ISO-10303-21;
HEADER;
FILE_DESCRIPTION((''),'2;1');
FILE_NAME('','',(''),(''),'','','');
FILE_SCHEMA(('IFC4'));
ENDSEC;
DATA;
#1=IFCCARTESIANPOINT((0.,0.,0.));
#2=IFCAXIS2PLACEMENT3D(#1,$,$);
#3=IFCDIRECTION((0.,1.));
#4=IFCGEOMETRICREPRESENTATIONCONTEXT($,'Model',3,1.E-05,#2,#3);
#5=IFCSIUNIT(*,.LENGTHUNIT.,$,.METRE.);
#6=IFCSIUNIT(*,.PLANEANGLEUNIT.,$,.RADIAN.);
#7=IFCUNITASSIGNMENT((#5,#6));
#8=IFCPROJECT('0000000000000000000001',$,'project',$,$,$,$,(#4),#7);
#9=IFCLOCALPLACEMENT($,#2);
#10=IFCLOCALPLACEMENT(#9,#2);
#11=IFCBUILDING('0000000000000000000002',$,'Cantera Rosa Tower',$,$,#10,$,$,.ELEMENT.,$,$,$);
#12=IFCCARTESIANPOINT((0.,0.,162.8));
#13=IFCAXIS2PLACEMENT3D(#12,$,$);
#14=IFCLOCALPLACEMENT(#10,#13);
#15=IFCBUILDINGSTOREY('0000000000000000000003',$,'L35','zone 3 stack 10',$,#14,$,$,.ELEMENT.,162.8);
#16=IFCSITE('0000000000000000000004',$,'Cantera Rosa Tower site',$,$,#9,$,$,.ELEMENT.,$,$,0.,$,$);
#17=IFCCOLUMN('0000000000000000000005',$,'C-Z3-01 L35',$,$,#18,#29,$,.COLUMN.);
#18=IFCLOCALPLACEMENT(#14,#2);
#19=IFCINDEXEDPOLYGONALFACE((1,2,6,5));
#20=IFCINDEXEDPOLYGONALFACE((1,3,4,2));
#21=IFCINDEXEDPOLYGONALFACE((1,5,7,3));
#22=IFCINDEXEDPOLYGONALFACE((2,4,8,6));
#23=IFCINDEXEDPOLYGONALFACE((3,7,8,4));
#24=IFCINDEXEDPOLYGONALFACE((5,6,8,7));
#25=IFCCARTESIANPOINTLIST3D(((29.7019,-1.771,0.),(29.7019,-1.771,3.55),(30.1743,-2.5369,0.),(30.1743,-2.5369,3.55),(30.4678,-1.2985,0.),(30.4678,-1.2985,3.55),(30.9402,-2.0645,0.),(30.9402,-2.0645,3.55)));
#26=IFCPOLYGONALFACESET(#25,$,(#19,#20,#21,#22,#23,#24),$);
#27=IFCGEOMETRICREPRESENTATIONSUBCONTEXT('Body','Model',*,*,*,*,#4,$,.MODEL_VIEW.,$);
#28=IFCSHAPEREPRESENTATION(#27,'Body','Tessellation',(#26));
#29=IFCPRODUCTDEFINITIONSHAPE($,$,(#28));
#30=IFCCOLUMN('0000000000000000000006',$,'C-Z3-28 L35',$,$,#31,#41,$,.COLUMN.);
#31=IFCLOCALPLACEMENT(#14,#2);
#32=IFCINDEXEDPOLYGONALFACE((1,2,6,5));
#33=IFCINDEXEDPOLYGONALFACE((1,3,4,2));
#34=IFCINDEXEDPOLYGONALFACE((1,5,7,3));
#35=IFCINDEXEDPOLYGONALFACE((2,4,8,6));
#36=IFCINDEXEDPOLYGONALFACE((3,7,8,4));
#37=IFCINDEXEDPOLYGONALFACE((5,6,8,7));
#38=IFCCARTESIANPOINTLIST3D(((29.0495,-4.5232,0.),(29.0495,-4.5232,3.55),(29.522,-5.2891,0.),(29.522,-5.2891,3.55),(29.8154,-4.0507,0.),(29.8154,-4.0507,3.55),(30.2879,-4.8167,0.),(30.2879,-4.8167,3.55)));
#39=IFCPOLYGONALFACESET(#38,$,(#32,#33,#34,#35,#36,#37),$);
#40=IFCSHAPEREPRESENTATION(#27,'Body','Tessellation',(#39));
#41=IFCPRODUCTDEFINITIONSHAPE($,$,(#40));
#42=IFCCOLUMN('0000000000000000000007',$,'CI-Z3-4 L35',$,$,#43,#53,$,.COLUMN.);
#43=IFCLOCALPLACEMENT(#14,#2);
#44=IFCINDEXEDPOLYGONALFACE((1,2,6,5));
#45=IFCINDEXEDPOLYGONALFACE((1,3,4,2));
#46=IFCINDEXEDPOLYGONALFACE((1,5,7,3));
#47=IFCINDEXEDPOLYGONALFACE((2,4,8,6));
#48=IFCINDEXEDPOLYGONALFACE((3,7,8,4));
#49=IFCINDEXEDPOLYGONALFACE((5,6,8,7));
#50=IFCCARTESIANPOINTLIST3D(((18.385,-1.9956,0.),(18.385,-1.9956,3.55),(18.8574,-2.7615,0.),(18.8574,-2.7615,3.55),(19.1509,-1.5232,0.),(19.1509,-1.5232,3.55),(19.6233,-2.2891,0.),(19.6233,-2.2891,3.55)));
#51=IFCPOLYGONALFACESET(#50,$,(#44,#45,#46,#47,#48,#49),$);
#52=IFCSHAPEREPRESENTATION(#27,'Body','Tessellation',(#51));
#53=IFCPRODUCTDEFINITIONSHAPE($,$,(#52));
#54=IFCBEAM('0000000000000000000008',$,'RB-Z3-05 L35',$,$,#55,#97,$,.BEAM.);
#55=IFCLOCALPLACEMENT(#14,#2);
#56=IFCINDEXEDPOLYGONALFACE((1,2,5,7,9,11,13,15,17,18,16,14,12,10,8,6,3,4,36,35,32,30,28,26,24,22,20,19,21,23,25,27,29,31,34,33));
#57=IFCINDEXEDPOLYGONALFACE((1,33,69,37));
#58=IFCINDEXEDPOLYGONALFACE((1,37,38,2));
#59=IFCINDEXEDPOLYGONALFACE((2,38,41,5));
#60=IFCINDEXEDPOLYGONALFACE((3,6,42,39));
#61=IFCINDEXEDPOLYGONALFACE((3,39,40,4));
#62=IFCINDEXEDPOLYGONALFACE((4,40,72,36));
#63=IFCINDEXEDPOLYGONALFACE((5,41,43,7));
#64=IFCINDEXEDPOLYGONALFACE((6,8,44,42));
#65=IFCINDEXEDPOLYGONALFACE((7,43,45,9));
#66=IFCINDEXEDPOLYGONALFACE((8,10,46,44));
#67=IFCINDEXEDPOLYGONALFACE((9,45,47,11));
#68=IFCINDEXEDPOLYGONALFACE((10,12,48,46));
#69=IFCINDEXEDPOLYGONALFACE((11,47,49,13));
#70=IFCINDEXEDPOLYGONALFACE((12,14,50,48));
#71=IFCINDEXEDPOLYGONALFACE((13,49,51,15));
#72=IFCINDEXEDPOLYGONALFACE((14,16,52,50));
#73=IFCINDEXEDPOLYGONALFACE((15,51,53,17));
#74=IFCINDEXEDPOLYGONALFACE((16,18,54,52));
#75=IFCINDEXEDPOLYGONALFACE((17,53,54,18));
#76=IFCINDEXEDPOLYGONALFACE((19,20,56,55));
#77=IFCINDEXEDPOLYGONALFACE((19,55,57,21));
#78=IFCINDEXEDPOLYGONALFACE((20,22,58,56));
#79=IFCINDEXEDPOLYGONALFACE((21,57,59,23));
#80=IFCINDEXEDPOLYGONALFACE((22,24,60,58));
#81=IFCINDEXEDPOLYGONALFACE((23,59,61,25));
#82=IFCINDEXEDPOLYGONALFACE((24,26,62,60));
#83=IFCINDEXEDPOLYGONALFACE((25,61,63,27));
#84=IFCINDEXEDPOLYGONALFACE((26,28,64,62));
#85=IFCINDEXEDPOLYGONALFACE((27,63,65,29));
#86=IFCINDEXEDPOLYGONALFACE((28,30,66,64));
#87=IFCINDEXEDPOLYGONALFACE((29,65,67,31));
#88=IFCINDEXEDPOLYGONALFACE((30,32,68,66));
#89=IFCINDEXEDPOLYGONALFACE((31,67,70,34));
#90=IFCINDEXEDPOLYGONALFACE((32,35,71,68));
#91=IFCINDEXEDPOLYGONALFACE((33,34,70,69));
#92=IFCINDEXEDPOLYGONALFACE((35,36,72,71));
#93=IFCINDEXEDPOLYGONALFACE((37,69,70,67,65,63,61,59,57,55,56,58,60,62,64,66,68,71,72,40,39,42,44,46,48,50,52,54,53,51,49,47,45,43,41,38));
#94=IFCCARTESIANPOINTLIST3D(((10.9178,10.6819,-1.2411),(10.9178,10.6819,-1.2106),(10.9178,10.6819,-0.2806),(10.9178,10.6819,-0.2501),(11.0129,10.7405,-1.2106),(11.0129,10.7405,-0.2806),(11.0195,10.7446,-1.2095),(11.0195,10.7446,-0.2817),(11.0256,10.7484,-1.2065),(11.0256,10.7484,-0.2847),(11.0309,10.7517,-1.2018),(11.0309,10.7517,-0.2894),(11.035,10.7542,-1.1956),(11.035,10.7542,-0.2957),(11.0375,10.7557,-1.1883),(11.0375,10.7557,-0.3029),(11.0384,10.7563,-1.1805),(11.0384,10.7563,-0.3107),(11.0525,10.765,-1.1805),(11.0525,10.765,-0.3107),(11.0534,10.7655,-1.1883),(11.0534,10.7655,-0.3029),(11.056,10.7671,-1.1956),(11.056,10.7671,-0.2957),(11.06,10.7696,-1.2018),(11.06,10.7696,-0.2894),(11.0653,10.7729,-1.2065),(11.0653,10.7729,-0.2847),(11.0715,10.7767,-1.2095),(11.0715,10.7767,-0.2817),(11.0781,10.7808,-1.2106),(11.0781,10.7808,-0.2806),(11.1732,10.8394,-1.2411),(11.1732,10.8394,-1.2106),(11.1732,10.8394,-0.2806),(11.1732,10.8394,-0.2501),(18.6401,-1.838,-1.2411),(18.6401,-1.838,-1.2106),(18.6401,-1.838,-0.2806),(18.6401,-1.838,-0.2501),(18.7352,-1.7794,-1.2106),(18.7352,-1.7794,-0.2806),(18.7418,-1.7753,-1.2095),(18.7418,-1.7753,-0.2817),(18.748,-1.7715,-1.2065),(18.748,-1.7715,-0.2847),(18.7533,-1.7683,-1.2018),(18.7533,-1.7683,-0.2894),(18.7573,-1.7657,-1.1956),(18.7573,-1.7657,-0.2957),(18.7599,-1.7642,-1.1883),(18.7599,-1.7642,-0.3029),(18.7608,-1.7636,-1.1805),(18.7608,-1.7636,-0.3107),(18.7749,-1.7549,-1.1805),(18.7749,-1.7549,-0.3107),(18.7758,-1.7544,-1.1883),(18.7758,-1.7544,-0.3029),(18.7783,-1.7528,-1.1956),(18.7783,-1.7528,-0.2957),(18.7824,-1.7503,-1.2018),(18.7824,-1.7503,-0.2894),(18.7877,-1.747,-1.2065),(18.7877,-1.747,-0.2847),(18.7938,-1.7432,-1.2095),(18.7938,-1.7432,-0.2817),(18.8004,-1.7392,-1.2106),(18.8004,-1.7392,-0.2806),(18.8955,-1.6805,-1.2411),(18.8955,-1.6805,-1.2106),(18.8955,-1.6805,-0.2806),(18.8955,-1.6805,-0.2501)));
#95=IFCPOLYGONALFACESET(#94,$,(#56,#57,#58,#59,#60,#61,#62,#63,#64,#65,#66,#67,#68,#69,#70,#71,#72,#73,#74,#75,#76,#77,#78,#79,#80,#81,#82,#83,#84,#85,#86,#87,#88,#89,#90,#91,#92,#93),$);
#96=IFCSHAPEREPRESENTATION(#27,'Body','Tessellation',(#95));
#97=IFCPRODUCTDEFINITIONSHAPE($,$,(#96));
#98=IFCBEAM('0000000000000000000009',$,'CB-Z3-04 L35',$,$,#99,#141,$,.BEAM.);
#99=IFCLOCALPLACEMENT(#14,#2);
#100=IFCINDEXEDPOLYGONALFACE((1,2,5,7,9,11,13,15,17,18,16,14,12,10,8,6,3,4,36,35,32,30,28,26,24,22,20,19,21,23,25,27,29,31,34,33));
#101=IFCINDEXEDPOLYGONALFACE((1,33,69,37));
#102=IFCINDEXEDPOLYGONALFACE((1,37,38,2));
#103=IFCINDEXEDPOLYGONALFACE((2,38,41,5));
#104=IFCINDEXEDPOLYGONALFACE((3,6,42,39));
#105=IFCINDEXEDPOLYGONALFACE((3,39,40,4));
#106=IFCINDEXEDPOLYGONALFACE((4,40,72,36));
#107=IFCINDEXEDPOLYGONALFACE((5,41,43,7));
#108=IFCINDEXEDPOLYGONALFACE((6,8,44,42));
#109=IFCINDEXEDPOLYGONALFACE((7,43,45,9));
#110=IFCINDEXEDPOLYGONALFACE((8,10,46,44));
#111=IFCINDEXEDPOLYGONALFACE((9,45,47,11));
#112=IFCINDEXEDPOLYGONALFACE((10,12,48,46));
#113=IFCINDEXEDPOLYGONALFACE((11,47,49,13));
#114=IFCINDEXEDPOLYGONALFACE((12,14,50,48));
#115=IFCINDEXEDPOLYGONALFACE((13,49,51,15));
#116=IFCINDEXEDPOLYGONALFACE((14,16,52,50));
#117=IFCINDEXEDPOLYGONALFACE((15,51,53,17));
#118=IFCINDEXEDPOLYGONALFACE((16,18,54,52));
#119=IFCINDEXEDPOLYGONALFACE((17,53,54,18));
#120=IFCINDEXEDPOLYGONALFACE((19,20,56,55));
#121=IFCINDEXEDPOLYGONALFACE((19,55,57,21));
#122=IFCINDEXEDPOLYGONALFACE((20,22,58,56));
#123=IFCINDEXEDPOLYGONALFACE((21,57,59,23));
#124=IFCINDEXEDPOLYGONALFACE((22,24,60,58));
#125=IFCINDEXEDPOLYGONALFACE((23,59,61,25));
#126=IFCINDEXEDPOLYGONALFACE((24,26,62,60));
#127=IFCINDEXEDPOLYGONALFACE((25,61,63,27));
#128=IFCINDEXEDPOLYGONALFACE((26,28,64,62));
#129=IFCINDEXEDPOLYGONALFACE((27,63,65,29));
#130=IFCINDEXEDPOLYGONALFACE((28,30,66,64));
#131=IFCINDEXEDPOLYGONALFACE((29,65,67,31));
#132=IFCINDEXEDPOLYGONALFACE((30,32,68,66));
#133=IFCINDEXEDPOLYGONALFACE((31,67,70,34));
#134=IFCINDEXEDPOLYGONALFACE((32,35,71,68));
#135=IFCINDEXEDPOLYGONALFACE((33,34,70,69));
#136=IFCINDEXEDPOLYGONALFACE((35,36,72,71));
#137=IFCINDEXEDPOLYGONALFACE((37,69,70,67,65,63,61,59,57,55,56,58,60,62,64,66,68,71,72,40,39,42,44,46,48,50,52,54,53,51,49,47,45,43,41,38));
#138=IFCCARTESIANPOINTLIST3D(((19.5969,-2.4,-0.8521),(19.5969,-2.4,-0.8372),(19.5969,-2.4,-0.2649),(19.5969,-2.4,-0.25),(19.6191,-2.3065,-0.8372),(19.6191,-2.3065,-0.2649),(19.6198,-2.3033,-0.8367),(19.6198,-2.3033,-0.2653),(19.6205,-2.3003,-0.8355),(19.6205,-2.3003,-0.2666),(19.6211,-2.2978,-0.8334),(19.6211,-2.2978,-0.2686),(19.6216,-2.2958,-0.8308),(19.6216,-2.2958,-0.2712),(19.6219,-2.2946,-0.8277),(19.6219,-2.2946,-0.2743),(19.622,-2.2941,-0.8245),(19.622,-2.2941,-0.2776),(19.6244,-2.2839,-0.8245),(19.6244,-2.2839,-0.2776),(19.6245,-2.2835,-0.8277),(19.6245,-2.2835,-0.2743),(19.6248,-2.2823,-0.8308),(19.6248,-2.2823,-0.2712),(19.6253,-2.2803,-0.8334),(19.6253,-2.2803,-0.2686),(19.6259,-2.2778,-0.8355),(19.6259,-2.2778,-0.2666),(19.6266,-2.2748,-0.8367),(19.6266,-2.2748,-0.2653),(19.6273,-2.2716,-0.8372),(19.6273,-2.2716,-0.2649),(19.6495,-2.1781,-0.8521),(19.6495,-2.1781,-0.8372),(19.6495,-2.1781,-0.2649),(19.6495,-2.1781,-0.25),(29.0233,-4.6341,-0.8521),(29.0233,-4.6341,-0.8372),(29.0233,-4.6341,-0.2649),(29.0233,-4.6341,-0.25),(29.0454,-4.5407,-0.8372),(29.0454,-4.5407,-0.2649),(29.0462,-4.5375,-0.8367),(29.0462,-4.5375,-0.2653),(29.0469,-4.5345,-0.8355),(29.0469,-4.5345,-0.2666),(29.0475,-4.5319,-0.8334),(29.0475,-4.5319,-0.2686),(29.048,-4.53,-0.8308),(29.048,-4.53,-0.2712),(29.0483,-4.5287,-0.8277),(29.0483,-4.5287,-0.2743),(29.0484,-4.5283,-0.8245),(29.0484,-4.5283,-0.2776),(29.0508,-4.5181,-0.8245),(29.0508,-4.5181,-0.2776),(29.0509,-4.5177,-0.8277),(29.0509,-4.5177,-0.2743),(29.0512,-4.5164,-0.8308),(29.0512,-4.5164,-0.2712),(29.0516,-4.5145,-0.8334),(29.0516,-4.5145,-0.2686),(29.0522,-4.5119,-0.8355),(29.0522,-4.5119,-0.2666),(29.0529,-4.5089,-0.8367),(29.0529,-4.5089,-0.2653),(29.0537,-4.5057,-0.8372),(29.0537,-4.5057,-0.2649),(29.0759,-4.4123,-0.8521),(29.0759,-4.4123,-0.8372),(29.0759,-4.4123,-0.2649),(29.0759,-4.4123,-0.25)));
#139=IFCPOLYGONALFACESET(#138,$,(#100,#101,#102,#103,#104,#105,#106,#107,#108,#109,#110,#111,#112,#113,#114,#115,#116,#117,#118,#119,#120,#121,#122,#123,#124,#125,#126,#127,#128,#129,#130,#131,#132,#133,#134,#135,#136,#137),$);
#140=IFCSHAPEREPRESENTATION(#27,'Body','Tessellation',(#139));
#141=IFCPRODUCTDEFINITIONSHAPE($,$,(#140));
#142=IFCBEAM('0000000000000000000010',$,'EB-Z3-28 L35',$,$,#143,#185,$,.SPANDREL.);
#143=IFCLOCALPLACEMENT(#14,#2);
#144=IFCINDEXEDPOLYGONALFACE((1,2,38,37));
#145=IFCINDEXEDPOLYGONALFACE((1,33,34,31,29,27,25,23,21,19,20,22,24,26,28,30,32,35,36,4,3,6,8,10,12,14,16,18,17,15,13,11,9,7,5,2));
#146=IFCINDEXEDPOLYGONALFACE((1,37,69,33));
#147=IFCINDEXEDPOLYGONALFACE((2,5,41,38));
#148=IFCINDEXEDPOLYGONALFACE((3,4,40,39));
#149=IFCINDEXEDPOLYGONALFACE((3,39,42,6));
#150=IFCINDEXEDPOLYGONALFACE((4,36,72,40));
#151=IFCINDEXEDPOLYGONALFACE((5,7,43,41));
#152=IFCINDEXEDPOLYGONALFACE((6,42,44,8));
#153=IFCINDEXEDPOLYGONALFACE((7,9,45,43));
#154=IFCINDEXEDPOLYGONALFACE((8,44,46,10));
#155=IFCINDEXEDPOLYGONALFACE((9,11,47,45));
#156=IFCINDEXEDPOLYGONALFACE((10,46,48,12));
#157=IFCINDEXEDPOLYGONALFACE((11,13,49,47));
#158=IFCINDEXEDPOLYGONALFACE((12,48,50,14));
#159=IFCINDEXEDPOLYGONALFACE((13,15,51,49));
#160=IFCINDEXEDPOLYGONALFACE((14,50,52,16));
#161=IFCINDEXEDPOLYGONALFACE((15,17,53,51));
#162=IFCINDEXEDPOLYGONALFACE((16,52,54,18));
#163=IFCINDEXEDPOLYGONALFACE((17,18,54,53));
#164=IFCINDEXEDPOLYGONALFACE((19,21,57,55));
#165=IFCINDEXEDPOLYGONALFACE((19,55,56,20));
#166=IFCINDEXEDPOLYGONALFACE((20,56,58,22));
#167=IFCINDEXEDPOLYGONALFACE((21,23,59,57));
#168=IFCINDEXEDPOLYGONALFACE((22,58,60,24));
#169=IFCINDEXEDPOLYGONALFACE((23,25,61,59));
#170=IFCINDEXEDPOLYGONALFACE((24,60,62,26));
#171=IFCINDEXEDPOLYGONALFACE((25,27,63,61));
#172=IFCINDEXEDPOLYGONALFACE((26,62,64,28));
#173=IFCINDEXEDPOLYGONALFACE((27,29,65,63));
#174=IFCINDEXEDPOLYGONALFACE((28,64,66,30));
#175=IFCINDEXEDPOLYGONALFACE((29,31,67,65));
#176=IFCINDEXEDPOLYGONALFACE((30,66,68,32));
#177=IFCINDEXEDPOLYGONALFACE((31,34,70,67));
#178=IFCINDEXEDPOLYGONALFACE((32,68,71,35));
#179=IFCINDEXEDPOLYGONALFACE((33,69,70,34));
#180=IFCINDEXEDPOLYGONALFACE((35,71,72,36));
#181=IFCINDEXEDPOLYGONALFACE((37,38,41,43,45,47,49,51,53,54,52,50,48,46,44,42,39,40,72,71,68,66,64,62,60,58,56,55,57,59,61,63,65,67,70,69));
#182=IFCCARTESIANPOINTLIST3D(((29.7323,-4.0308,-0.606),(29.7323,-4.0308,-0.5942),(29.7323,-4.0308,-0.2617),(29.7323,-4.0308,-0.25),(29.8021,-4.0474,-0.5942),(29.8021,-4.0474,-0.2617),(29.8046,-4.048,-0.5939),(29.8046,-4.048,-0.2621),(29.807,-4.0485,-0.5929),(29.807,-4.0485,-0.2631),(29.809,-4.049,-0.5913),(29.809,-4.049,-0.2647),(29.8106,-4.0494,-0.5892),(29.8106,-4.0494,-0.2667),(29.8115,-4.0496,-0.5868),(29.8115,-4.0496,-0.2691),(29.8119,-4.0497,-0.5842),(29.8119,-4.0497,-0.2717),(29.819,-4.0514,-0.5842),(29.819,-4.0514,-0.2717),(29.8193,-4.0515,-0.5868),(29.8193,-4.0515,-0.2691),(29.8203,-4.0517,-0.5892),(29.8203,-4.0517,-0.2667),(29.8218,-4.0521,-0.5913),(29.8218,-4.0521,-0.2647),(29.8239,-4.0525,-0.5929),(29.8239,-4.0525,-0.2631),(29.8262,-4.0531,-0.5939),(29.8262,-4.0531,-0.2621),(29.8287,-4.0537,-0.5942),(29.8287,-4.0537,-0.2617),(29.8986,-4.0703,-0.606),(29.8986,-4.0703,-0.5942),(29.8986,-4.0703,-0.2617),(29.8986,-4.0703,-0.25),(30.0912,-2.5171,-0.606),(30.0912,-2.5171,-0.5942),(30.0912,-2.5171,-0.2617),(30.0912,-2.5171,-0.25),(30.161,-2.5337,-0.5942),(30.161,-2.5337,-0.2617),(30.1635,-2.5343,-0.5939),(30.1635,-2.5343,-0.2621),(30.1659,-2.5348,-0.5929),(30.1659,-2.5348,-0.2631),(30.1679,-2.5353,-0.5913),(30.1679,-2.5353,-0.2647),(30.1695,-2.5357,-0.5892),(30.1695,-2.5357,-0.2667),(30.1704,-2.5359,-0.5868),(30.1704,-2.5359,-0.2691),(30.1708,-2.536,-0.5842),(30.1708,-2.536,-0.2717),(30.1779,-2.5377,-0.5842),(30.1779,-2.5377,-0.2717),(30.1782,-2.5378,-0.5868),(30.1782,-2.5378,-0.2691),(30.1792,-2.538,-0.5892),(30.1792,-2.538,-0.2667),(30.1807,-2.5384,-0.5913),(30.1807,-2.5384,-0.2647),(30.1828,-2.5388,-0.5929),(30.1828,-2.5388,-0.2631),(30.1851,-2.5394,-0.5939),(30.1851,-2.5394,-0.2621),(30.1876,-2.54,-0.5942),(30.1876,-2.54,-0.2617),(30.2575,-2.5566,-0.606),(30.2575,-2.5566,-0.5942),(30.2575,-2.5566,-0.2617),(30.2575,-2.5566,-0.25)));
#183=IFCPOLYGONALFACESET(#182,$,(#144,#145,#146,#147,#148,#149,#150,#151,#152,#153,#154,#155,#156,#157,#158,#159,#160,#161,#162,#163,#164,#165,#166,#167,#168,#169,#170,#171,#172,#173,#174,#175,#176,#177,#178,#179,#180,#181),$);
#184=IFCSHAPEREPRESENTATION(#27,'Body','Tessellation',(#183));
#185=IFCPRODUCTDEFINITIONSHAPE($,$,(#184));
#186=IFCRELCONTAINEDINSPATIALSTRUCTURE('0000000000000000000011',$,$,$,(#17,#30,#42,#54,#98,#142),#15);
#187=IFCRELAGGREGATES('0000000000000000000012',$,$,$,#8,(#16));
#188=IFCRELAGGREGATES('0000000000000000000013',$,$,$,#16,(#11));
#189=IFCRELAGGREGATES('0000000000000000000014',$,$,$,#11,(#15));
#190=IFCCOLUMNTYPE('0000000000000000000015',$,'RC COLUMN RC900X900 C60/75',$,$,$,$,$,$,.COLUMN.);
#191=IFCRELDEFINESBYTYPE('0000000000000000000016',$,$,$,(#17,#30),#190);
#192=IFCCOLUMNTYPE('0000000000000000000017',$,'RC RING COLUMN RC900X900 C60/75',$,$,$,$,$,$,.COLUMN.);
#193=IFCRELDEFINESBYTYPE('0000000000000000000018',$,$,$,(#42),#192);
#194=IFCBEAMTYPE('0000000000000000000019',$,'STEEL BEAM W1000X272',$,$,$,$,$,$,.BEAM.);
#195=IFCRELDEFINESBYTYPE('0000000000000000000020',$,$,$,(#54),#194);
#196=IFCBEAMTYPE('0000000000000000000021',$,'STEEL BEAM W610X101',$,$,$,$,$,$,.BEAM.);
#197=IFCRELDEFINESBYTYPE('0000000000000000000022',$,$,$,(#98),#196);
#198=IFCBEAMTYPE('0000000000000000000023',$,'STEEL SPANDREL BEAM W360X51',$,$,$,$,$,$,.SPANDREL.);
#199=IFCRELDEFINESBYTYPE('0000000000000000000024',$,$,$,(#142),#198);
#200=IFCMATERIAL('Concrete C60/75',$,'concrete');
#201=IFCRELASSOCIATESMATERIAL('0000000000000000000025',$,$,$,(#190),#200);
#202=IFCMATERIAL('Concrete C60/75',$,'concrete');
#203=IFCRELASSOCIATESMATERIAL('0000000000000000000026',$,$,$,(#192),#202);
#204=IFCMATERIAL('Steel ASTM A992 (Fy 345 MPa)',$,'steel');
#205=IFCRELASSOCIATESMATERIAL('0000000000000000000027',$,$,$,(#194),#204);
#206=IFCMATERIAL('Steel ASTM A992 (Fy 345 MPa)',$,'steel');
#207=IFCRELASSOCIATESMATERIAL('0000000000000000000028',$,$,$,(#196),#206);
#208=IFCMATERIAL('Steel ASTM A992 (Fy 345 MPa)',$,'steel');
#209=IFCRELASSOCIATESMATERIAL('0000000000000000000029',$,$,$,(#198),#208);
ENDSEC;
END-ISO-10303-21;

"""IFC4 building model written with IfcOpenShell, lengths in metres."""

from ifc_helpers import new_model, si_unit, direction, frame, origin, origin_2d, place, context, subcontext, project, spatial, rectangle, i_section, extrude, material, material_profile, profile_set, type_object, element, save


model = new_model("IFC4")

# Units and contexts
model_context = context("Model", 3, precision=1e-05, world=origin(), true_north=direction((0.0, 1.0)))
body_context = subcontext(model_context, "Body", "Model", "MODEL_VIEW")
ifc_project = project(units=[si_unit("LENGTHUNIT", "METRE"), si_unit("PLANEANGLEUNIT", "RADIAN")], contexts=[model_context])

# Site, building, storey
site_placement = place(None, origin())
site = spatial("IfcSite", under=ifc_project, at=site_placement, Name="Cantera Rosa Tower site", CompositionType="ELEMENT", RefElevation=0.0)
building_placement = place(site_placement, origin())
building = spatial("IfcBuilding", under=site, at=building_placement, Name="Cantera Rosa Tower", CompositionType="ELEMENT")
storey_placement = place(building_placement, frame((0.0, 0.0, 162.8)))
storey = spatial("IfcBuildingStorey", under=building, at=storey_placement, Name="L35", Description="zone 3 stack 10", CompositionType="ELEMENT", Elevation=162.8)

# Columns
ifc_material_1 = material(Name="Concrete C60/75", Category="concrete")
ifc_material_profile_1 = material_profile(ifc_material_1, rectangle(XDim=0.8999, YDim=0.8999, at=origin_2d()), Name="RC COLUMN RC900X900 C60/75")
ifc_profile_set_1 = profile_set([ifc_material_profile_1], Name="Concrete C60/75")
column_type_1 = type_object("IfcColumnType", Name="RC COLUMN RC900X900 C60/75", PredefinedType="COLUMN", material=ifc_profile_set_1)
for number, where, z_axis, x_axis, name in (
    (1, (30.321, -1.9177, 0.0), (0.0, 0.0, 1.0), (0.851117, 0.524977, 0.0), "C-Z3-01 L35"),
    (2, (29.6687, -4.6699, 0.0), (0.0, 0.0, 1.0), (0.851117, 0.524977, 0.0), "C-Z3-28 L35"),
):
    element("IfcColumn", number, at=place(storey_placement, frame(where, z_axis=z_axis, x_axis=x_axis)), inside=storey, type_object=column_type_1, Name=name, PredefinedType="COLUMN", context=body_context, shape_type="SweptSolid", body=[
        extrude(rectangle(XDim=0.8999, YDim=0.8999, at=origin_2d()), origin(), (0.0, 0.0, 1.0), 3.55),
    ])
ifc_material_2 = material(Name="Concrete C60/75", Category="concrete")
ifc_material_profile_2 = material_profile(ifc_material_2, rectangle(XDim=0.8999, YDim=0.8999, at=origin_2d()), Name="RC RING COLUMN RC900X900 C60/75")
ifc_profile_set_2 = profile_set([ifc_material_profile_2], Name="Concrete C60/75")
column_type_2 = type_object("IfcColumnType", Name="RC RING COLUMN RC900X900 C60/75", PredefinedType="COLUMN", material=ifc_profile_set_2)
column_placement = place(storey_placement, frame((19.0042, -2.1423, 0.0), z_axis=(0.0, 0.0, 1.0), x_axis=(0.851117, 0.524977, 0.0)))
element("IfcColumn", 3, at=column_placement, inside=storey, type_object=column_type_2, Name="CI-Z3-4 L35", PredefinedType="COLUMN", context=body_context, shape_type="SweptSolid", body=[
    extrude(rectangle(XDim=0.8999, YDim=0.8999, at=origin_2d()), origin(), (0.0, 0.0, 1.0), 3.55),
])

# Beams
ifc_material_3 = material(Name="Steel ASTM A992 (Fy 345 MPa)", Category="steel")
ifc_material_profile_3 = material_profile(ifc_material_3, i_section(OverallWidth=0.3, OverallDepth=0.991, WebThickness=0.0166, FlangeThickness=0.0305, FilletRadius=0.03, at=origin_2d()), Name="W1000X272")
ifc_profile_set_3 = profile_set([ifc_material_profile_3], Name="Steel ASTM A992 (Fy 345 MPa)")
beam_type_1 = type_object("IfcBeamType", Name="STEEL BEAM W1000X272", PredefinedType="BEAM", material=ifc_profile_set_3)
beam_1_placement = place(storey_placement, frame((18.7678, -1.7593, -0.7456), z_axis=(-0.524974, 0.851118, 0.0), x_axis=(-0.851118, -0.524974, 0.0)))
element("IfcBeam", 4, at=beam_1_placement, inside=storey, type_object=beam_type_1, Name="RB-Z3-05 L35", PredefinedType="BEAM", context=body_context, shape_type="SweptSolid", body=[
    extrude(i_section(OverallWidth=0.3, OverallDepth=0.991, WebThickness=0.0166, FlangeThickness=0.0305, FilletRadius=0.03, at=origin_2d()), origin(), (0.0, 0.0, 1.0), 14.71),
])
ifc_material_4 = material(Name="Steel ASTM A992 (Fy 345 MPa)", Category="steel")
ifc_material_profile_4 = material_profile(ifc_material_4, i_section(OverallWidth=0.228, OverallDepth=0.6021, WebThickness=0.0105, FlangeThickness=0.0149, FilletRadius=0.0127, at=origin_2d()), Name="W610X101")
ifc_profile_set_4 = profile_set([ifc_material_profile_4], Name="Steel ASTM A992 (Fy 345 MPa)")
beam_type_2 = type_object("IfcBeamType", Name="STEEL BEAM W610X101", PredefinedType="BEAM", material=ifc_profile_set_4)
beam_2_placement = place(storey_placement, frame((29.0496, -4.5232, -0.551), z_axis=(-0.973043, 0.230622, 0.0), x_axis=(-0.230622, -0.973043, 0.0)))
element("IfcBeam", 5, at=beam_2_placement, inside=storey, type_object=beam_type_2, Name="CB-Z3-04 L35", PredefinedType="BEAM", context=body_context, shape_type="SweptSolid", body=[
    extrude(i_section(OverallWidth=0.228, OverallDepth=0.6021, WebThickness=0.0105, FlangeThickness=0.0149, FilletRadius=0.0127, at=origin_2d()), origin(), (0.0, 0.0, 1.0), 9.6875),
])
ifc_material_5 = material(Name="Steel ASTM A992 (Fy 345 MPa)", Category="steel")
ifc_material_profile_5 = material_profile(ifc_material_5, i_section(OverallWidth=0.1709, OverallDepth=0.356, WebThickness=0.0073, FlangeThickness=0.0117, FilletRadius=0.01, at=origin_2d()), Name="W360X51")
ifc_profile_set_5 = profile_set([ifc_material_profile_5], Name="Steel ASTM A992 (Fy 345 MPa)")
beam_type_3 = type_object("IfcBeamType", Name="STEEL SPANDREL BEAM W360X51", PredefinedType="SPANDREL", material=ifc_profile_set_5)
beam_3_placement = place(storey_placement, frame((29.8154, -4.0505, -0.428), z_axis=(0.230701, 0.973025, 0.0), x_axis=(-0.973025, 0.230701, 0.0)))
element("IfcBeam", 6, at=beam_3_placement, inside=storey, type_object=beam_type_3, Name="EB-Z3-28 L35", PredefinedType="SPANDREL", context=body_context, shape_type="SweptSolid", body=[
    extrude(i_section(OverallWidth=0.1709, OverallDepth=0.356, WebThickness=0.0073, FlangeThickness=0.0117, FilletRadius=0.01, at=origin_2d()), origin(), (0.0, 0.0, 1.0), 1.5557),
])

save(model, "model.ifc")
